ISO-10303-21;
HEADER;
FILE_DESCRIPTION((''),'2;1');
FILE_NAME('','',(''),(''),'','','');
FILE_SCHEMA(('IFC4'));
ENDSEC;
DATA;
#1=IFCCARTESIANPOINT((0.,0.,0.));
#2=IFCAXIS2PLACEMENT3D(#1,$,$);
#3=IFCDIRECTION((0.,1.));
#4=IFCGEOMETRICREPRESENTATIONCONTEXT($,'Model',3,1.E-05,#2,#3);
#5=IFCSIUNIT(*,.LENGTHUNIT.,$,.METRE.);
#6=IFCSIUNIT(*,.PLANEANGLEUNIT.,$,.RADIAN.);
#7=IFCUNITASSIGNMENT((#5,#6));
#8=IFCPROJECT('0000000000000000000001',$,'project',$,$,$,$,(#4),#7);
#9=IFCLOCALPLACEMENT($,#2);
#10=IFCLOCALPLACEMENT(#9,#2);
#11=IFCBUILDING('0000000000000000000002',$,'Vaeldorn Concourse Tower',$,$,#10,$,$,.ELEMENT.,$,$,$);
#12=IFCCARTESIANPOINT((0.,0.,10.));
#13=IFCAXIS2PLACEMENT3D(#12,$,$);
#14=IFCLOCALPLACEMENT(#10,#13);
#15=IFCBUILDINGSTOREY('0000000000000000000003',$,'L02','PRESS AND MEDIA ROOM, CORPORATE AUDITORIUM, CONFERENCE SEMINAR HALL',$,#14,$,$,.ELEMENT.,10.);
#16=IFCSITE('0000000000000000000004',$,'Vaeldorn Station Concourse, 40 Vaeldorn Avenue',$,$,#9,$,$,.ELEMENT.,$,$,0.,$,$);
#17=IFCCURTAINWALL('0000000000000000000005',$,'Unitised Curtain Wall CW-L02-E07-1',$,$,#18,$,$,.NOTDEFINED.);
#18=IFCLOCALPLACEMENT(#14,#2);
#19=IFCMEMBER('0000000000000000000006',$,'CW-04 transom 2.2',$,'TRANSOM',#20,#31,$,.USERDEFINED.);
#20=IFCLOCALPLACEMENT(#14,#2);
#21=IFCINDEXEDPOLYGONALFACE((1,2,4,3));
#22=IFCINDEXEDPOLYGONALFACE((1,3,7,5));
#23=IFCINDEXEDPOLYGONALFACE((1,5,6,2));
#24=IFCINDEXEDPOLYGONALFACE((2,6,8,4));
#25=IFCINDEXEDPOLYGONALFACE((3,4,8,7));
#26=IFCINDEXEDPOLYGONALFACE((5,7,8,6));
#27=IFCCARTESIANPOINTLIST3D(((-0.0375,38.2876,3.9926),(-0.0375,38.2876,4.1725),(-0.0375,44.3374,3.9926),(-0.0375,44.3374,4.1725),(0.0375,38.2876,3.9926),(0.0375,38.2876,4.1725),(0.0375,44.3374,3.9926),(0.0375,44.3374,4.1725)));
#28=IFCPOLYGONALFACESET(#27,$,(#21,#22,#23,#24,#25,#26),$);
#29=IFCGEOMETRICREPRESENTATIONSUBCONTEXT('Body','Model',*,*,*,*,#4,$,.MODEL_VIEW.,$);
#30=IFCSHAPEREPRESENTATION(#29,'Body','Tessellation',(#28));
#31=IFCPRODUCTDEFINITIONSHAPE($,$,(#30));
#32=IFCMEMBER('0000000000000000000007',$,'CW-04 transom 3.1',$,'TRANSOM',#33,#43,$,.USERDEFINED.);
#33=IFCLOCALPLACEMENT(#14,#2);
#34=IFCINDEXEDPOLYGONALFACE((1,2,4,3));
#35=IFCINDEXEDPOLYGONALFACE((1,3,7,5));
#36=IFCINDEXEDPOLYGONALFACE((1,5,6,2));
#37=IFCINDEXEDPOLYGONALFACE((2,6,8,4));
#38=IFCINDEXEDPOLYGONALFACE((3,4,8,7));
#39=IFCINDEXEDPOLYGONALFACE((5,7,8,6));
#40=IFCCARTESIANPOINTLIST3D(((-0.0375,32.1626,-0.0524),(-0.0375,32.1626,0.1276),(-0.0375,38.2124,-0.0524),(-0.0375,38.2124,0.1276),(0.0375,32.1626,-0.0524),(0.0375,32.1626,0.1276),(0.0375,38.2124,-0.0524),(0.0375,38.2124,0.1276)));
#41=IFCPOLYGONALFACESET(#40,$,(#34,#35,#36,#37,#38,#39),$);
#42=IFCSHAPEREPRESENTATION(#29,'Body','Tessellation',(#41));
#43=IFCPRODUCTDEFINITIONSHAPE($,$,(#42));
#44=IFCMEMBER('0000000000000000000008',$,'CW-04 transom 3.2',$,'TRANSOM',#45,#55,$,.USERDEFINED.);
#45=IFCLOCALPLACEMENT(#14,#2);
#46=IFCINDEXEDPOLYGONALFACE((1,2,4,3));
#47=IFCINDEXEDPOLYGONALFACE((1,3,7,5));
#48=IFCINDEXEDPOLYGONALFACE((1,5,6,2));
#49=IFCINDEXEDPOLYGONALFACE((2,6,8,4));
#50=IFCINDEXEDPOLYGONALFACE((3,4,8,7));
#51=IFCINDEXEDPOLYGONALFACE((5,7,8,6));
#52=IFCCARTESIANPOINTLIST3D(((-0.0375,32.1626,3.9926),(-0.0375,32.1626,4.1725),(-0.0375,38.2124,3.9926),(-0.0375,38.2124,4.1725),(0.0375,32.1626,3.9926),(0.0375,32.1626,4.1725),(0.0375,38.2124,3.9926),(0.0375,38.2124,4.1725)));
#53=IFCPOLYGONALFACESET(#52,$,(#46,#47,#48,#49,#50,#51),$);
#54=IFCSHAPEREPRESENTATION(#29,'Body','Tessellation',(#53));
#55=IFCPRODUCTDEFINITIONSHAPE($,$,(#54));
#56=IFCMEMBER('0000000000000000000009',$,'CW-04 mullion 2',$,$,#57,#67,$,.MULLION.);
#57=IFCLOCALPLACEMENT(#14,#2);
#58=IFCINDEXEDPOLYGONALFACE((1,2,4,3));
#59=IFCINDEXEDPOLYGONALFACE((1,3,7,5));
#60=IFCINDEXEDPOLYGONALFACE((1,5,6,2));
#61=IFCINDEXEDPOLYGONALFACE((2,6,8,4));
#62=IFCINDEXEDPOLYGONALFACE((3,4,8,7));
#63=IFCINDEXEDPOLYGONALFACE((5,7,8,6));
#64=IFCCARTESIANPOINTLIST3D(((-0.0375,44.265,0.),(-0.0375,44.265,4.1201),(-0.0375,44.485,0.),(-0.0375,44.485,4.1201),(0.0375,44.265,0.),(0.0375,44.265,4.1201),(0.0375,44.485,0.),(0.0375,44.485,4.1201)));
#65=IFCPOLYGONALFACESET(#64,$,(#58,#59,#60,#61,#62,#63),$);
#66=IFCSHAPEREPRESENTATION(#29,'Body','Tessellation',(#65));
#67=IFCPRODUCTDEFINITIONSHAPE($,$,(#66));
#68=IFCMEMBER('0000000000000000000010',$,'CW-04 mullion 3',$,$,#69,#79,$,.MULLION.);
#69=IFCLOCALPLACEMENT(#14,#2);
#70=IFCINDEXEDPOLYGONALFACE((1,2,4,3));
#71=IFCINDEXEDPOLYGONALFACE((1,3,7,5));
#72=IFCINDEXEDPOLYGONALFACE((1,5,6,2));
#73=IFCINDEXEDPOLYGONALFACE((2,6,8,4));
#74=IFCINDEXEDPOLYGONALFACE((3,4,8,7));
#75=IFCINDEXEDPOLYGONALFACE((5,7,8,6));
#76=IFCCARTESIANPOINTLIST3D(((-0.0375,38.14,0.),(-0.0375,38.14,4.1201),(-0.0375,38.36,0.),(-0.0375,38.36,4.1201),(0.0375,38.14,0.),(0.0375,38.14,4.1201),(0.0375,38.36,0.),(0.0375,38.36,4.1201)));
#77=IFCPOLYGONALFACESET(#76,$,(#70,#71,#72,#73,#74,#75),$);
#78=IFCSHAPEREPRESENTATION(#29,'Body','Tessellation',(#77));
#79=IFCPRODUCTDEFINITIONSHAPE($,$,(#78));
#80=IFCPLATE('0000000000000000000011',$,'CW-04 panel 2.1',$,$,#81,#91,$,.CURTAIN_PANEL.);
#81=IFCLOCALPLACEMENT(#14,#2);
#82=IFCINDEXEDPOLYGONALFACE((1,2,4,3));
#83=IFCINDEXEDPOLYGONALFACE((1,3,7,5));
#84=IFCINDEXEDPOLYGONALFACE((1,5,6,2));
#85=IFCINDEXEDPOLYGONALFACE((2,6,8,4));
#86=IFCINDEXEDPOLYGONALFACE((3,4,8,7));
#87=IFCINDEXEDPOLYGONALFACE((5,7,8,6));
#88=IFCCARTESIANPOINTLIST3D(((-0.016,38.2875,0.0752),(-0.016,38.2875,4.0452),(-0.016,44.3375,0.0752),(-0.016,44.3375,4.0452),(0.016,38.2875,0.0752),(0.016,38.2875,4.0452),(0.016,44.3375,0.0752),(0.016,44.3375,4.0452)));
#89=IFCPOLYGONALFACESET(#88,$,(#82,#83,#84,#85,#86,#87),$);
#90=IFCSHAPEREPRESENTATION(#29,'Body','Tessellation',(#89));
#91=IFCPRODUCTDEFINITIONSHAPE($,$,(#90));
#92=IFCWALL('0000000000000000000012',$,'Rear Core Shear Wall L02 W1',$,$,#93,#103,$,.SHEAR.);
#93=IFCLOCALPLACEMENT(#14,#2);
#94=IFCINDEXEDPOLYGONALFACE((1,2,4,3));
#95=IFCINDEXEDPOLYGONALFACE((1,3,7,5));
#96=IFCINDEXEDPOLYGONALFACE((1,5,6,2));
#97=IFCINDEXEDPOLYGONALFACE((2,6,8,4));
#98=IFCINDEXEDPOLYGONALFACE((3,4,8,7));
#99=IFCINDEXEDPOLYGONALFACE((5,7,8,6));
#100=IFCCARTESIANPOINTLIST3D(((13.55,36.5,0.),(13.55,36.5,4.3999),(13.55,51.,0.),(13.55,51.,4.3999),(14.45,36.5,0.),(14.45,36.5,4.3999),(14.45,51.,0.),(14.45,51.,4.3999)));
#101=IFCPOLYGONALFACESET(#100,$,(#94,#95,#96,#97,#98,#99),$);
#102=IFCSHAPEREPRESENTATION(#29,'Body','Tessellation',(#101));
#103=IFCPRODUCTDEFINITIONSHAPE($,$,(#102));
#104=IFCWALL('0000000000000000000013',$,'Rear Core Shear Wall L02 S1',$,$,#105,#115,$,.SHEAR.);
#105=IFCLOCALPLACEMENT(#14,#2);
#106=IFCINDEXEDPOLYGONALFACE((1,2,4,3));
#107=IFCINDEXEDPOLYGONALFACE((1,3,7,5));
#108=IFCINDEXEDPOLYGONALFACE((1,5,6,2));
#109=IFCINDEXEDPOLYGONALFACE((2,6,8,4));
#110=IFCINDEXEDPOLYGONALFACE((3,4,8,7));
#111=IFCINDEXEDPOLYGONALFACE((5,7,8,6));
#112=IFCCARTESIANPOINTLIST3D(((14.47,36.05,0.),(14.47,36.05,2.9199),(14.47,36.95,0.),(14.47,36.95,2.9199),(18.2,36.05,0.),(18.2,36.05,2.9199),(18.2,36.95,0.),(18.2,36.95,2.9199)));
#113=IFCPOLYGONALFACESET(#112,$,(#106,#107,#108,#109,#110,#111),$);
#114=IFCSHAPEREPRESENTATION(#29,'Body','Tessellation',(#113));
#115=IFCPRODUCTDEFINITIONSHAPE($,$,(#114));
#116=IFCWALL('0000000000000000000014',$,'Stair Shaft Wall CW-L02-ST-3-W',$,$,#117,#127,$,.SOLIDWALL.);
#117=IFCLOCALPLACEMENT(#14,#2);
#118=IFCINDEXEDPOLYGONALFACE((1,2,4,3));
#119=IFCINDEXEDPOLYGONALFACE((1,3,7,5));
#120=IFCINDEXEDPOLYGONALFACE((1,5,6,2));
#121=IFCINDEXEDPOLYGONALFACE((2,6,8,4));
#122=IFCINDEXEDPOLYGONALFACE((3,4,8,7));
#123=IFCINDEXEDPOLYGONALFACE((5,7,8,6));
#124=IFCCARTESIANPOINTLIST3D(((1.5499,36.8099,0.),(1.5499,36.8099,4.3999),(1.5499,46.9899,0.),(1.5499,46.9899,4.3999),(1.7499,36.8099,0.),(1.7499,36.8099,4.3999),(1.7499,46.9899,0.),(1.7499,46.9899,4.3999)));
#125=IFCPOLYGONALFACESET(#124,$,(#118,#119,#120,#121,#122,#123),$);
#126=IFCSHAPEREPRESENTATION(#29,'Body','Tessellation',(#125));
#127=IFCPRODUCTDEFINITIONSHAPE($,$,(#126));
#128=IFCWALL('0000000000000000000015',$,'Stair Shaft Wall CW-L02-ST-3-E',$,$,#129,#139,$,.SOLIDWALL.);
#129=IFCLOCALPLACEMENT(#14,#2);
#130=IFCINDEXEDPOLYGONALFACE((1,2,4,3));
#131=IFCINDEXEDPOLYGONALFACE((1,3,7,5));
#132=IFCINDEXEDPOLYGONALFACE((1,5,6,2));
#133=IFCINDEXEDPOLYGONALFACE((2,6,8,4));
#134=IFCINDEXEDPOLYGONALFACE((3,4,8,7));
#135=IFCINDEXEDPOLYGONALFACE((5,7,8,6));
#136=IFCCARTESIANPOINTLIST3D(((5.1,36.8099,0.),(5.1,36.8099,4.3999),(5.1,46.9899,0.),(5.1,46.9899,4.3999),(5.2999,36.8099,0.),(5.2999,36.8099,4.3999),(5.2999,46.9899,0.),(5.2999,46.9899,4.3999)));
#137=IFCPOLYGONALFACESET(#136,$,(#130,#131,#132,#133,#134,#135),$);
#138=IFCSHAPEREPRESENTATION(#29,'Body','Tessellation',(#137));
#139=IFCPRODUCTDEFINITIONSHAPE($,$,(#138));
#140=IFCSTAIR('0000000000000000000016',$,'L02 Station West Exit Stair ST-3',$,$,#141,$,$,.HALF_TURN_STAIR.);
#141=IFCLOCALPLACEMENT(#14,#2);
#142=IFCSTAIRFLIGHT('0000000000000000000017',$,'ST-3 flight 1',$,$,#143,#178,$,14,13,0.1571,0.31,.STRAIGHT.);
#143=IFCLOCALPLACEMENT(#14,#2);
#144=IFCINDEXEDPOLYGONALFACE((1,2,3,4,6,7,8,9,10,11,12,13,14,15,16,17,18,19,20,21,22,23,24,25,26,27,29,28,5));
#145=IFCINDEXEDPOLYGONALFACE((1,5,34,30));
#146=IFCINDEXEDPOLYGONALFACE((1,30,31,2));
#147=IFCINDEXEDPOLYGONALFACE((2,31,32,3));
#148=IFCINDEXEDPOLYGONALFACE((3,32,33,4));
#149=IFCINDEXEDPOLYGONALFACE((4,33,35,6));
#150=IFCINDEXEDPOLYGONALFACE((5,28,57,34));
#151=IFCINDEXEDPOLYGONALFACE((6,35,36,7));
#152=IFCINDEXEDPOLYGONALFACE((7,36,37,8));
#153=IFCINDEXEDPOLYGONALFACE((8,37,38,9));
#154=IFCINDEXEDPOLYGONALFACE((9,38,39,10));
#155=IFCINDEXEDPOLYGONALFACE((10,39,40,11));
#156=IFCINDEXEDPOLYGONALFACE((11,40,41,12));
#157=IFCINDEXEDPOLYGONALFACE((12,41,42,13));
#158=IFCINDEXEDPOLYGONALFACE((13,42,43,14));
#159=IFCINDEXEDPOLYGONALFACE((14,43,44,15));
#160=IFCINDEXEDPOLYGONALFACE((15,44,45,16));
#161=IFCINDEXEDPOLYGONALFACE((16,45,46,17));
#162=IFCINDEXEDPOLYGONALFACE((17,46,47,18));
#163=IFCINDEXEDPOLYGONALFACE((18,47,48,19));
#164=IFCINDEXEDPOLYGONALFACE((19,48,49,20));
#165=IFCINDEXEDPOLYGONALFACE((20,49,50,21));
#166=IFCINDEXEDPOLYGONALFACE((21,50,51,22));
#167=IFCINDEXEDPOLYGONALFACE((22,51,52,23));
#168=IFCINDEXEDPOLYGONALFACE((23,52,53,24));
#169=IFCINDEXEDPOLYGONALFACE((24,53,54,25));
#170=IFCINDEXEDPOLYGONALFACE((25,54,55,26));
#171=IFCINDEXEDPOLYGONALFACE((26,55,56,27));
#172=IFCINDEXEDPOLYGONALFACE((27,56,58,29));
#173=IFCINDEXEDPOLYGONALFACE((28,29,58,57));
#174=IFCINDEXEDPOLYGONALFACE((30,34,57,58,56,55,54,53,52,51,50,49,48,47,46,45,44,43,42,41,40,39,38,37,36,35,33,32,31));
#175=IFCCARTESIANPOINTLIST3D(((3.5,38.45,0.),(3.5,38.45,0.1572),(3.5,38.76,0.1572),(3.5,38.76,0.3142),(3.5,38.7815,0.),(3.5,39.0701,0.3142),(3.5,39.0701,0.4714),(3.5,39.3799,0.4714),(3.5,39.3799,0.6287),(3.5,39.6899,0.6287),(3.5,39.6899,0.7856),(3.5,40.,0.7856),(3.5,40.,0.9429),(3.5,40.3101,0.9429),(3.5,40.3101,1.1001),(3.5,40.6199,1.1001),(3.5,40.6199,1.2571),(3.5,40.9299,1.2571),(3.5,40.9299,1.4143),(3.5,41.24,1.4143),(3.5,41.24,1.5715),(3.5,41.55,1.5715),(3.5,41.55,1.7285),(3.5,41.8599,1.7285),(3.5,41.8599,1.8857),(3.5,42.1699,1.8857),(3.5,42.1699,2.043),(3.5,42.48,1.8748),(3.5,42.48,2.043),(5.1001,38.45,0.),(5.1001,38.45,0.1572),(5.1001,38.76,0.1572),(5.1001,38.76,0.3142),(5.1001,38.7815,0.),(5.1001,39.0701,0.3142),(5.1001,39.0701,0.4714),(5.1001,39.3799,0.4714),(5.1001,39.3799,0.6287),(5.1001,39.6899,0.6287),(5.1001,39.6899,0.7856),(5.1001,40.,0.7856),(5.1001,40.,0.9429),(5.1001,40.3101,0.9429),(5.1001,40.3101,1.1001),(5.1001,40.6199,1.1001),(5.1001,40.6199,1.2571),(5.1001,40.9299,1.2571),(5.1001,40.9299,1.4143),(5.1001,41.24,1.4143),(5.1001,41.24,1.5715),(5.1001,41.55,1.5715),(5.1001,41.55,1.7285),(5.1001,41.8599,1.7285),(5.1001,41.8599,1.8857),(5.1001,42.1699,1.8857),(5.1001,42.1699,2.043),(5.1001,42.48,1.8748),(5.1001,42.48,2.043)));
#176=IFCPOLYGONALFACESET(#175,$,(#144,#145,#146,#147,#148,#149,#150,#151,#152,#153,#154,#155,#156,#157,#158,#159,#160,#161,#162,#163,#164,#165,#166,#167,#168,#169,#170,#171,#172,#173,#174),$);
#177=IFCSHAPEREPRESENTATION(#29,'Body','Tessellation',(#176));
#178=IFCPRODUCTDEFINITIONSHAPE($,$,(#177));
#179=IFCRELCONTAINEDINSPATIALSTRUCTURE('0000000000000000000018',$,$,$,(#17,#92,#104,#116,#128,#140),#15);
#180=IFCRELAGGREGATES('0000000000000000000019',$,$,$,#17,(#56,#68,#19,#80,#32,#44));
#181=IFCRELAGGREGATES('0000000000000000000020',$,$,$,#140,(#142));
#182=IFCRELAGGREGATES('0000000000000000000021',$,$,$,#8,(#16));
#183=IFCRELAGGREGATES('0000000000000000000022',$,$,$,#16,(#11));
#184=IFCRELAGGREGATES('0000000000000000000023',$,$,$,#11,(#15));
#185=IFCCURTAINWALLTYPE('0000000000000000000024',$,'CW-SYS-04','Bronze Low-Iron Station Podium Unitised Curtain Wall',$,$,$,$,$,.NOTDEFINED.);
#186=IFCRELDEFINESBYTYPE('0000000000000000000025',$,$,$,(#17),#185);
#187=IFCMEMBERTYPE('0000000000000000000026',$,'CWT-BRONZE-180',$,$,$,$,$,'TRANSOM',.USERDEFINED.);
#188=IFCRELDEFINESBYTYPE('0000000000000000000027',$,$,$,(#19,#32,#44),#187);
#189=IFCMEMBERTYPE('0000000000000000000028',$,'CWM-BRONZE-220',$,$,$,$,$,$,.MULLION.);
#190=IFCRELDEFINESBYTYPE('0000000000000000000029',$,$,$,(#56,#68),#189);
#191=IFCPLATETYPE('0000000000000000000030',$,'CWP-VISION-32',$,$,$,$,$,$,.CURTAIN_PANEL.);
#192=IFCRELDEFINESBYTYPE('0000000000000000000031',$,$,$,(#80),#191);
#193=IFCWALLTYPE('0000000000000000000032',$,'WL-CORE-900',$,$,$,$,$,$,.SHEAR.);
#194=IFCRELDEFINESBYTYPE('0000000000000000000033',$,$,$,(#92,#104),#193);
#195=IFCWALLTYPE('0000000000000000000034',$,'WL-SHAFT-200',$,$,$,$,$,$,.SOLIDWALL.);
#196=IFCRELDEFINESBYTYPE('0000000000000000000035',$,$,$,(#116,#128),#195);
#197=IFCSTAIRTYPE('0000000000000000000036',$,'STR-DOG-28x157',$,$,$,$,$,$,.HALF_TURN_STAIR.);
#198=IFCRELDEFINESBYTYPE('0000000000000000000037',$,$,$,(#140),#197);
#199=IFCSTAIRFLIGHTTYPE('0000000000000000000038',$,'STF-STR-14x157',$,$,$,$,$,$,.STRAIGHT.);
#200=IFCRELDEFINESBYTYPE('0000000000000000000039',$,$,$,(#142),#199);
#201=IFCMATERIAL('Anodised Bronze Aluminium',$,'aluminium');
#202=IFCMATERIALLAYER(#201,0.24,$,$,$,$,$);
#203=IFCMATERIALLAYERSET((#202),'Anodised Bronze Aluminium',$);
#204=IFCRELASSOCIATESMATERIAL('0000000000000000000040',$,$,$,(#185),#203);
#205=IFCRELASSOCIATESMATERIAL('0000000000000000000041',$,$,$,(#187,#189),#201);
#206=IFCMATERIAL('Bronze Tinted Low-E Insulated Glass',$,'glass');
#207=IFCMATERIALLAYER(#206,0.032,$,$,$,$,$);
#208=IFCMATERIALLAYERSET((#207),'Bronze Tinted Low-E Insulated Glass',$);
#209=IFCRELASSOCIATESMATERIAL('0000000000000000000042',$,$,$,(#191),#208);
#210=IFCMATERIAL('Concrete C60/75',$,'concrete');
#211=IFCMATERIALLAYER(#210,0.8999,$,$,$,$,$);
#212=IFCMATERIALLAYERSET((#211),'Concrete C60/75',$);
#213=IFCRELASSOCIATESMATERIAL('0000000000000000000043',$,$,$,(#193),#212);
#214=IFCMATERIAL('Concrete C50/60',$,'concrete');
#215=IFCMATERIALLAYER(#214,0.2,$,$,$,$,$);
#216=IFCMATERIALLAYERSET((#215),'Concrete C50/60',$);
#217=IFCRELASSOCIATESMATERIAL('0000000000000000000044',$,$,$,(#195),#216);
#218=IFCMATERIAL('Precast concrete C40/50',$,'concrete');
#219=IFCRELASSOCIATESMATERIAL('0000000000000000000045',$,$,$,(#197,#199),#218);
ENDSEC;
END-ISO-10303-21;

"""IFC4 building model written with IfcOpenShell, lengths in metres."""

from ifc_helpers import new_model, si_unit, direction, frame, frame_2d, origin, origin_2d, place, context, subcontext, project, spatial, polyline, rectangle, outline, extrude, source, transform, mapped, material, layer, layer_set, material_profile, profile_set, type_object, element, aggregate, save


model = new_model("IFC4")

# Units and contexts
model_context = context("Model", 3, precision=1e-05, world=origin(), true_north=direction((0.0, 1.0)))
body_context = subcontext(model_context, "Body", "Model", "MODEL_VIEW")
ifc_project = project(units=[si_unit("LENGTHUNIT", "METRE"), si_unit("PLANEANGLEUNIT", "RADIAN")], contexts=[model_context])

# Site, building, storey
site_placement = place(None, origin())
site = spatial("IfcSite", under=ifc_project, at=site_placement, Name="Vaeldorn Station Concourse, 40 Vaeldorn Avenue", CompositionType="ELEMENT", RefElevation=0.0)
building_placement = place(site_placement, origin())
building = spatial("IfcBuilding", under=site, at=building_placement, Name="Vaeldorn Concourse Tower", CompositionType="ELEMENT")
storey_placement = place(building_placement, frame((0.0, 0.0, 10.0)))
storey = spatial("IfcBuildingStorey", under=building, at=storey_placement, Name="L02", Description="PRESS AND MEDIA ROOM, CORPORATE AUDITORIUM, CONFERENCE SEMINAR HALL", CompositionType="ELEMENT", Elevation=10.0)

# Shared definitions
ifc_material_1 = material(Name="Concrete C60/75", Category="concrete")

# Curtain wall, members, plate
ifc_material_2 = material(Name="Anodised Bronze Aluminium", Category="aluminium")
ifc_layer_1 = layer(ifc_material_2, 0.24)
ifc_layer_set_1 = layer_set([ifc_layer_1], Name="Anodised Bronze Aluminium")
curtain_wall_type = type_object("IfcCurtainWallType", Name="CW-SYS-04", Description="Bronze Low-Iron Station Podium Unitised Curtain Wall", PredefinedType="NOTDEFINED", material=ifc_layer_set_1)
curtain_wall_placement = place(storey_placement, origin())
curtain_wall = element("IfcCurtainWall", 1, at=curtain_wall_placement, inside=storey, type_object=curtain_wall_type, Name="Unitised Curtain Wall CW-L02-E07-1", PredefinedType="NOTDEFINED")
ifc_material_profile_1 = material_profile(ifc_material_2, rectangle(XDim=0.075, YDim=0.1799, at=origin_2d()), Name="CWT 75x180")
ifc_profile_set_1 = profile_set([ifc_material_profile_1], Name="Anodised Bronze Aluminium")
member_type_1 = type_object("IfcMemberType", Name="CWT-BRONZE-180", ElementType="TRANSOM", PredefinedType="USERDEFINED", material=ifc_profile_set_1)
shared_shape_1 = source(origin(), body_context, "Body", "SweptSolid", [
    extrude(rectangle(XDim=0.075, YDim=0.1799, at=origin_2d()), origin(), (0.0, 0.0, 1.0), 6.0498),
])
member_1_placement = place(storey_placement, frame((0.0, 44.3374, 4.0825), z_axis=(0.0, -1.0, 0.0), x_axis=(1.0, 0.0, 0.0)))
member_1 = element("IfcMember", 2, at=member_1_placement, type_object=member_type_1, Name="CW-04 transom 2.2", ObjectType="TRANSOM", PredefinedType="USERDEFINED", context=body_context, shape_type="MappedRepresentation", body=[
    mapped(shared_shape_1, transform((0.0, 0.0, 0.0), scale=1.0)),
])
member_2_placement = place(storey_placement, frame((0.0, 38.2124, 0.0376), z_axis=(0.0, -1.0, 0.0), x_axis=(1.0, 0.0, 0.0)))
member_2 = element("IfcMember", 3, at=member_2_placement, type_object=member_type_1, Name="CW-04 transom 3.1", ObjectType="TRANSOM", PredefinedType="USERDEFINED", context=body_context, shape_type="MappedRepresentation", body=[
    mapped(shared_shape_1, transform((0.0, 0.0, 0.0), scale=1.0)),
])
member_3_placement = place(storey_placement, frame((0.0, 38.2124, 4.0825), z_axis=(0.0, -1.0, 0.0), x_axis=(1.0, 0.0, 0.0)))
member_3 = element("IfcMember", 4, at=member_3_placement, type_object=member_type_1, Name="CW-04 transom 3.2", ObjectType="TRANSOM", PredefinedType="USERDEFINED", context=body_context, shape_type="MappedRepresentation", body=[
    mapped(shared_shape_1, transform((0.0, 0.0, 0.0), scale=1.0)),
])
ifc_material_profile_2 = material_profile(ifc_material_2, rectangle(XDim=0.075, YDim=0.22, at=origin_2d()), Name="CWM 75x220")
ifc_profile_set_2 = profile_set([ifc_material_profile_2], Name="Anodised Bronze Aluminium")
member_type_2 = type_object("IfcMemberType", Name="CWM-BRONZE-220", PredefinedType="MULLION", material=ifc_profile_set_2)
shared_shape_2 = source(origin(), body_context, "Body", "SweptSolid", [
    extrude(rectangle(XDim=0.075, YDim=0.22, at=origin_2d()), origin(), (0.0, 0.0, 1.0), 4.1201),
])
member_4_placement = place(storey_placement, frame((0.0, 44.375, 0.0), z_axis=(0.0, 0.0, 1.0), x_axis=(1.0, 0.0, 0.0)))
member_4 = element("IfcMember", 5, at=member_4_placement, type_object=member_type_2, Name="CW-04 mullion 2", PredefinedType="MULLION", context=body_context, shape_type="MappedRepresentation", body=[
    mapped(shared_shape_2, transform((0.0, 0.0, 0.0), scale=1.0)),
])
member_5_placement = place(storey_placement, frame((0.0, 38.25, 0.0), z_axis=(0.0, 0.0, 1.0), x_axis=(1.0, 0.0, 0.0)))
member_5 = element("IfcMember", 6, at=member_5_placement, type_object=member_type_2, Name="CW-04 mullion 3", PredefinedType="MULLION", context=body_context, shape_type="MappedRepresentation", body=[
    mapped(shared_shape_2, transform((0.0, 0.0, 0.0), scale=1.0)),
])
ifc_material_3 = material(Name="Bronze Tinted Low-E Insulated Glass", Category="glass")
ifc_layer_2 = layer(ifc_material_3, 0.032)
ifc_layer_set_2 = layer_set([ifc_layer_2], Name="Bronze Tinted Low-E Insulated Glass")
plate_type = type_object("IfcPlateType", Name="CWP-VISION-32", PredefinedType="CURTAIN_PANEL", material=ifc_layer_set_2)
shared_shape_3 = source(origin(), body_context, "Body", "SweptSolid", [
    extrude(rectangle(XDim=6.05, YDim=0.032, at=origin_2d()), origin(), (0.0, 0.0, 1.0), 3.97),
])
plate_placement = place(storey_placement, frame((0.0, 41.3125, 0.0752), z_axis=(0.0, 0.0, 1.0), x_axis=(0.0, -1.0, 0.0)))
plate = element("IfcPlate", 7, at=plate_placement, type_object=plate_type, Name="CW-04 panel 2.1", PredefinedType="CURTAIN_PANEL", context=body_context, shape_type="MappedRepresentation", body=[
    mapped(shared_shape_3, transform((0.0, 0.0, 0.0), scale=1.0)),
])
aggregate(curtain_wall, [member_4, member_5, member_1, plate, member_2, member_3])

# Walls
ifc_layer_3 = layer(ifc_material_1, 0.8999)
ifc_layer_set_3 = layer_set([ifc_layer_3], Name="Concrete C60/75")
wall_type_1 = type_object("IfcWallType", Name="WL-CORE-900", PredefinedType="SHEAR", material=ifc_layer_set_3)
wall_1_placement = place(storey_placement, frame((14.0, 36.5, 0.0), z_axis=(0.0, 0.0, 1.0), x_axis=(0.0, 1.0, 0.0)))
element("IfcWall", 8, at=wall_1_placement, inside=storey, type_object=wall_type_1, Name="Rear Core Shear Wall L02 W1", PredefinedType="SHEAR", context=body_context, shape_type="SweptSolid", body=[
    extrude(rectangle(XDim=14.5, YDim=0.8999, at=frame_2d((7.25, 0.0))), origin(), (0.0, 0.0, 1.0), 4.3999),
])
wall_2_placement = place(storey_placement, frame((14.47, 36.5, 0.0), z_axis=(0.0, 0.0, 1.0), x_axis=(1.0, 0.0, 0.0)))
element("IfcWall", 9, at=wall_2_placement, inside=storey, type_object=wall_type_1, Name="Rear Core Shear Wall L02 S1", PredefinedType="SHEAR", context=body_context, shape_type="SweptSolid", body=[
    extrude(rectangle(XDim=3.73, YDim=0.8999, at=frame_2d((1.865, 0.0))), origin(), (0.0, 0.0, 1.0), 2.9199),
])

# Shared definitions
ifc_material_4 = material(Name="Concrete C50/60", Category="concrete")
ifc_layer_4 = layer(ifc_material_4, 0.2)
ifc_layer_set_4 = layer_set([ifc_layer_4], Name="Concrete C50/60")
wall_type_2 = type_object("IfcWallType", Name="WL-SHAFT-200", PredefinedType="SOLIDWALL", material=ifc_layer_set_4)

# Walls
for number, where, z_axis, x_axis, name in (
    (10, (1.6499, 36.8101, 0.0), (0.0, 0.0, 1.0), (0.0, 1.0, 0.0), "Stair Shaft Wall CW-L02-ST-3-W"),
    (11, (5.2, 36.8101, 0.0), (0.0, 0.0, 1.0), (0.0, 1.0, 0.0), "Stair Shaft Wall CW-L02-ST-3-E"),
):
    element("IfcWall", number, at=place(storey_placement, frame(where, z_axis=z_axis, x_axis=x_axis)), inside=storey, type_object=wall_type_2, Name=name, PredefinedType="SOLIDWALL", context=body_context, shape_type="SweptSolid", body=[
        extrude(rectangle(XDim=10.1799, YDim=0.2, at=frame_2d((5.0898, 0.0))), origin(), (0.0, 0.0, 1.0), 4.3999),
    ])

# Stair, stair flight
ifc_material_5 = material(Name="Precast concrete C40/50", Category="concrete")
stair_type = type_object("IfcStairType", Name="STR-DOG-28x157", PredefinedType="HALF_TURN_STAIR", material=ifc_material_5)
stair_placement = place(storey_placement, origin())
stair = element("IfcStair", 12, at=stair_placement, inside=storey, type_object=stair_type, Name="L02 Station West Exit Stair ST-3", PredefinedType="HALF_TURN_STAIR")
stair_flight_type = type_object("IfcStairFlightType", Name="STF-STR-14x157", PredefinedType="STRAIGHT", material=ifc_material_5)
stair_flight_1_placement = place(storey_placement, frame((4.3, 38.45, 0.0), z_axis=(0.0, 0.0, 1.0), x_axis=(0.0, 1.0, 0.0)))
stair_flight_1 = element("IfcStairFlight", 13, at=stair_flight_1_placement, type_object=stair_flight_type, Name="ST-3 flight 1", NumberOfRisers=14, NumberOfTreads=13, PredefinedType="STRAIGHT", RiserHeight=0.1571, TreadLength=0.31, context=body_context, shape_type="SweptSolid", body=[
    extrude(outline(polyline([(0.0, 0.0), (0.0, 0.1572), (0.3101, 0.1572), (0.3101, 0.3142), (0.6201, 0.3142), (0.6201, 0.4714), (0.9299, 0.4714), (0.9299, 0.6287), (1.24, 0.6287), (1.24, 0.7856), (1.55, 0.7856), (1.55, 0.9429), (1.8601, 0.9429), (1.8601, 1.1001), (2.1699, 1.1001), (2.1699, 1.2571), (2.48, 1.2571), (2.48, 1.4143), (2.79, 1.4143), (2.79, 1.5715), (3.1001, 1.5715), (3.1001, 1.7285), (3.4099, 1.7285), (3.4099, 1.8857), (3.72, 1.8857), (3.72, 2.043), (4.03, 2.043), (4.03, 2.2), (4.03, 1.8748), (0.3315, 0.0), (0.0, 0.0)])), frame((0.0, 0.8, 0.0), z_axis=(0.0, -1.0, 0.0), x_axis=(1.0, 0.0, 0.0)), (0.0, 0.0, 1.0), 1.6001),
])
aggregate(stair, [stair_flight_1])

save(model, "model.ifc")
